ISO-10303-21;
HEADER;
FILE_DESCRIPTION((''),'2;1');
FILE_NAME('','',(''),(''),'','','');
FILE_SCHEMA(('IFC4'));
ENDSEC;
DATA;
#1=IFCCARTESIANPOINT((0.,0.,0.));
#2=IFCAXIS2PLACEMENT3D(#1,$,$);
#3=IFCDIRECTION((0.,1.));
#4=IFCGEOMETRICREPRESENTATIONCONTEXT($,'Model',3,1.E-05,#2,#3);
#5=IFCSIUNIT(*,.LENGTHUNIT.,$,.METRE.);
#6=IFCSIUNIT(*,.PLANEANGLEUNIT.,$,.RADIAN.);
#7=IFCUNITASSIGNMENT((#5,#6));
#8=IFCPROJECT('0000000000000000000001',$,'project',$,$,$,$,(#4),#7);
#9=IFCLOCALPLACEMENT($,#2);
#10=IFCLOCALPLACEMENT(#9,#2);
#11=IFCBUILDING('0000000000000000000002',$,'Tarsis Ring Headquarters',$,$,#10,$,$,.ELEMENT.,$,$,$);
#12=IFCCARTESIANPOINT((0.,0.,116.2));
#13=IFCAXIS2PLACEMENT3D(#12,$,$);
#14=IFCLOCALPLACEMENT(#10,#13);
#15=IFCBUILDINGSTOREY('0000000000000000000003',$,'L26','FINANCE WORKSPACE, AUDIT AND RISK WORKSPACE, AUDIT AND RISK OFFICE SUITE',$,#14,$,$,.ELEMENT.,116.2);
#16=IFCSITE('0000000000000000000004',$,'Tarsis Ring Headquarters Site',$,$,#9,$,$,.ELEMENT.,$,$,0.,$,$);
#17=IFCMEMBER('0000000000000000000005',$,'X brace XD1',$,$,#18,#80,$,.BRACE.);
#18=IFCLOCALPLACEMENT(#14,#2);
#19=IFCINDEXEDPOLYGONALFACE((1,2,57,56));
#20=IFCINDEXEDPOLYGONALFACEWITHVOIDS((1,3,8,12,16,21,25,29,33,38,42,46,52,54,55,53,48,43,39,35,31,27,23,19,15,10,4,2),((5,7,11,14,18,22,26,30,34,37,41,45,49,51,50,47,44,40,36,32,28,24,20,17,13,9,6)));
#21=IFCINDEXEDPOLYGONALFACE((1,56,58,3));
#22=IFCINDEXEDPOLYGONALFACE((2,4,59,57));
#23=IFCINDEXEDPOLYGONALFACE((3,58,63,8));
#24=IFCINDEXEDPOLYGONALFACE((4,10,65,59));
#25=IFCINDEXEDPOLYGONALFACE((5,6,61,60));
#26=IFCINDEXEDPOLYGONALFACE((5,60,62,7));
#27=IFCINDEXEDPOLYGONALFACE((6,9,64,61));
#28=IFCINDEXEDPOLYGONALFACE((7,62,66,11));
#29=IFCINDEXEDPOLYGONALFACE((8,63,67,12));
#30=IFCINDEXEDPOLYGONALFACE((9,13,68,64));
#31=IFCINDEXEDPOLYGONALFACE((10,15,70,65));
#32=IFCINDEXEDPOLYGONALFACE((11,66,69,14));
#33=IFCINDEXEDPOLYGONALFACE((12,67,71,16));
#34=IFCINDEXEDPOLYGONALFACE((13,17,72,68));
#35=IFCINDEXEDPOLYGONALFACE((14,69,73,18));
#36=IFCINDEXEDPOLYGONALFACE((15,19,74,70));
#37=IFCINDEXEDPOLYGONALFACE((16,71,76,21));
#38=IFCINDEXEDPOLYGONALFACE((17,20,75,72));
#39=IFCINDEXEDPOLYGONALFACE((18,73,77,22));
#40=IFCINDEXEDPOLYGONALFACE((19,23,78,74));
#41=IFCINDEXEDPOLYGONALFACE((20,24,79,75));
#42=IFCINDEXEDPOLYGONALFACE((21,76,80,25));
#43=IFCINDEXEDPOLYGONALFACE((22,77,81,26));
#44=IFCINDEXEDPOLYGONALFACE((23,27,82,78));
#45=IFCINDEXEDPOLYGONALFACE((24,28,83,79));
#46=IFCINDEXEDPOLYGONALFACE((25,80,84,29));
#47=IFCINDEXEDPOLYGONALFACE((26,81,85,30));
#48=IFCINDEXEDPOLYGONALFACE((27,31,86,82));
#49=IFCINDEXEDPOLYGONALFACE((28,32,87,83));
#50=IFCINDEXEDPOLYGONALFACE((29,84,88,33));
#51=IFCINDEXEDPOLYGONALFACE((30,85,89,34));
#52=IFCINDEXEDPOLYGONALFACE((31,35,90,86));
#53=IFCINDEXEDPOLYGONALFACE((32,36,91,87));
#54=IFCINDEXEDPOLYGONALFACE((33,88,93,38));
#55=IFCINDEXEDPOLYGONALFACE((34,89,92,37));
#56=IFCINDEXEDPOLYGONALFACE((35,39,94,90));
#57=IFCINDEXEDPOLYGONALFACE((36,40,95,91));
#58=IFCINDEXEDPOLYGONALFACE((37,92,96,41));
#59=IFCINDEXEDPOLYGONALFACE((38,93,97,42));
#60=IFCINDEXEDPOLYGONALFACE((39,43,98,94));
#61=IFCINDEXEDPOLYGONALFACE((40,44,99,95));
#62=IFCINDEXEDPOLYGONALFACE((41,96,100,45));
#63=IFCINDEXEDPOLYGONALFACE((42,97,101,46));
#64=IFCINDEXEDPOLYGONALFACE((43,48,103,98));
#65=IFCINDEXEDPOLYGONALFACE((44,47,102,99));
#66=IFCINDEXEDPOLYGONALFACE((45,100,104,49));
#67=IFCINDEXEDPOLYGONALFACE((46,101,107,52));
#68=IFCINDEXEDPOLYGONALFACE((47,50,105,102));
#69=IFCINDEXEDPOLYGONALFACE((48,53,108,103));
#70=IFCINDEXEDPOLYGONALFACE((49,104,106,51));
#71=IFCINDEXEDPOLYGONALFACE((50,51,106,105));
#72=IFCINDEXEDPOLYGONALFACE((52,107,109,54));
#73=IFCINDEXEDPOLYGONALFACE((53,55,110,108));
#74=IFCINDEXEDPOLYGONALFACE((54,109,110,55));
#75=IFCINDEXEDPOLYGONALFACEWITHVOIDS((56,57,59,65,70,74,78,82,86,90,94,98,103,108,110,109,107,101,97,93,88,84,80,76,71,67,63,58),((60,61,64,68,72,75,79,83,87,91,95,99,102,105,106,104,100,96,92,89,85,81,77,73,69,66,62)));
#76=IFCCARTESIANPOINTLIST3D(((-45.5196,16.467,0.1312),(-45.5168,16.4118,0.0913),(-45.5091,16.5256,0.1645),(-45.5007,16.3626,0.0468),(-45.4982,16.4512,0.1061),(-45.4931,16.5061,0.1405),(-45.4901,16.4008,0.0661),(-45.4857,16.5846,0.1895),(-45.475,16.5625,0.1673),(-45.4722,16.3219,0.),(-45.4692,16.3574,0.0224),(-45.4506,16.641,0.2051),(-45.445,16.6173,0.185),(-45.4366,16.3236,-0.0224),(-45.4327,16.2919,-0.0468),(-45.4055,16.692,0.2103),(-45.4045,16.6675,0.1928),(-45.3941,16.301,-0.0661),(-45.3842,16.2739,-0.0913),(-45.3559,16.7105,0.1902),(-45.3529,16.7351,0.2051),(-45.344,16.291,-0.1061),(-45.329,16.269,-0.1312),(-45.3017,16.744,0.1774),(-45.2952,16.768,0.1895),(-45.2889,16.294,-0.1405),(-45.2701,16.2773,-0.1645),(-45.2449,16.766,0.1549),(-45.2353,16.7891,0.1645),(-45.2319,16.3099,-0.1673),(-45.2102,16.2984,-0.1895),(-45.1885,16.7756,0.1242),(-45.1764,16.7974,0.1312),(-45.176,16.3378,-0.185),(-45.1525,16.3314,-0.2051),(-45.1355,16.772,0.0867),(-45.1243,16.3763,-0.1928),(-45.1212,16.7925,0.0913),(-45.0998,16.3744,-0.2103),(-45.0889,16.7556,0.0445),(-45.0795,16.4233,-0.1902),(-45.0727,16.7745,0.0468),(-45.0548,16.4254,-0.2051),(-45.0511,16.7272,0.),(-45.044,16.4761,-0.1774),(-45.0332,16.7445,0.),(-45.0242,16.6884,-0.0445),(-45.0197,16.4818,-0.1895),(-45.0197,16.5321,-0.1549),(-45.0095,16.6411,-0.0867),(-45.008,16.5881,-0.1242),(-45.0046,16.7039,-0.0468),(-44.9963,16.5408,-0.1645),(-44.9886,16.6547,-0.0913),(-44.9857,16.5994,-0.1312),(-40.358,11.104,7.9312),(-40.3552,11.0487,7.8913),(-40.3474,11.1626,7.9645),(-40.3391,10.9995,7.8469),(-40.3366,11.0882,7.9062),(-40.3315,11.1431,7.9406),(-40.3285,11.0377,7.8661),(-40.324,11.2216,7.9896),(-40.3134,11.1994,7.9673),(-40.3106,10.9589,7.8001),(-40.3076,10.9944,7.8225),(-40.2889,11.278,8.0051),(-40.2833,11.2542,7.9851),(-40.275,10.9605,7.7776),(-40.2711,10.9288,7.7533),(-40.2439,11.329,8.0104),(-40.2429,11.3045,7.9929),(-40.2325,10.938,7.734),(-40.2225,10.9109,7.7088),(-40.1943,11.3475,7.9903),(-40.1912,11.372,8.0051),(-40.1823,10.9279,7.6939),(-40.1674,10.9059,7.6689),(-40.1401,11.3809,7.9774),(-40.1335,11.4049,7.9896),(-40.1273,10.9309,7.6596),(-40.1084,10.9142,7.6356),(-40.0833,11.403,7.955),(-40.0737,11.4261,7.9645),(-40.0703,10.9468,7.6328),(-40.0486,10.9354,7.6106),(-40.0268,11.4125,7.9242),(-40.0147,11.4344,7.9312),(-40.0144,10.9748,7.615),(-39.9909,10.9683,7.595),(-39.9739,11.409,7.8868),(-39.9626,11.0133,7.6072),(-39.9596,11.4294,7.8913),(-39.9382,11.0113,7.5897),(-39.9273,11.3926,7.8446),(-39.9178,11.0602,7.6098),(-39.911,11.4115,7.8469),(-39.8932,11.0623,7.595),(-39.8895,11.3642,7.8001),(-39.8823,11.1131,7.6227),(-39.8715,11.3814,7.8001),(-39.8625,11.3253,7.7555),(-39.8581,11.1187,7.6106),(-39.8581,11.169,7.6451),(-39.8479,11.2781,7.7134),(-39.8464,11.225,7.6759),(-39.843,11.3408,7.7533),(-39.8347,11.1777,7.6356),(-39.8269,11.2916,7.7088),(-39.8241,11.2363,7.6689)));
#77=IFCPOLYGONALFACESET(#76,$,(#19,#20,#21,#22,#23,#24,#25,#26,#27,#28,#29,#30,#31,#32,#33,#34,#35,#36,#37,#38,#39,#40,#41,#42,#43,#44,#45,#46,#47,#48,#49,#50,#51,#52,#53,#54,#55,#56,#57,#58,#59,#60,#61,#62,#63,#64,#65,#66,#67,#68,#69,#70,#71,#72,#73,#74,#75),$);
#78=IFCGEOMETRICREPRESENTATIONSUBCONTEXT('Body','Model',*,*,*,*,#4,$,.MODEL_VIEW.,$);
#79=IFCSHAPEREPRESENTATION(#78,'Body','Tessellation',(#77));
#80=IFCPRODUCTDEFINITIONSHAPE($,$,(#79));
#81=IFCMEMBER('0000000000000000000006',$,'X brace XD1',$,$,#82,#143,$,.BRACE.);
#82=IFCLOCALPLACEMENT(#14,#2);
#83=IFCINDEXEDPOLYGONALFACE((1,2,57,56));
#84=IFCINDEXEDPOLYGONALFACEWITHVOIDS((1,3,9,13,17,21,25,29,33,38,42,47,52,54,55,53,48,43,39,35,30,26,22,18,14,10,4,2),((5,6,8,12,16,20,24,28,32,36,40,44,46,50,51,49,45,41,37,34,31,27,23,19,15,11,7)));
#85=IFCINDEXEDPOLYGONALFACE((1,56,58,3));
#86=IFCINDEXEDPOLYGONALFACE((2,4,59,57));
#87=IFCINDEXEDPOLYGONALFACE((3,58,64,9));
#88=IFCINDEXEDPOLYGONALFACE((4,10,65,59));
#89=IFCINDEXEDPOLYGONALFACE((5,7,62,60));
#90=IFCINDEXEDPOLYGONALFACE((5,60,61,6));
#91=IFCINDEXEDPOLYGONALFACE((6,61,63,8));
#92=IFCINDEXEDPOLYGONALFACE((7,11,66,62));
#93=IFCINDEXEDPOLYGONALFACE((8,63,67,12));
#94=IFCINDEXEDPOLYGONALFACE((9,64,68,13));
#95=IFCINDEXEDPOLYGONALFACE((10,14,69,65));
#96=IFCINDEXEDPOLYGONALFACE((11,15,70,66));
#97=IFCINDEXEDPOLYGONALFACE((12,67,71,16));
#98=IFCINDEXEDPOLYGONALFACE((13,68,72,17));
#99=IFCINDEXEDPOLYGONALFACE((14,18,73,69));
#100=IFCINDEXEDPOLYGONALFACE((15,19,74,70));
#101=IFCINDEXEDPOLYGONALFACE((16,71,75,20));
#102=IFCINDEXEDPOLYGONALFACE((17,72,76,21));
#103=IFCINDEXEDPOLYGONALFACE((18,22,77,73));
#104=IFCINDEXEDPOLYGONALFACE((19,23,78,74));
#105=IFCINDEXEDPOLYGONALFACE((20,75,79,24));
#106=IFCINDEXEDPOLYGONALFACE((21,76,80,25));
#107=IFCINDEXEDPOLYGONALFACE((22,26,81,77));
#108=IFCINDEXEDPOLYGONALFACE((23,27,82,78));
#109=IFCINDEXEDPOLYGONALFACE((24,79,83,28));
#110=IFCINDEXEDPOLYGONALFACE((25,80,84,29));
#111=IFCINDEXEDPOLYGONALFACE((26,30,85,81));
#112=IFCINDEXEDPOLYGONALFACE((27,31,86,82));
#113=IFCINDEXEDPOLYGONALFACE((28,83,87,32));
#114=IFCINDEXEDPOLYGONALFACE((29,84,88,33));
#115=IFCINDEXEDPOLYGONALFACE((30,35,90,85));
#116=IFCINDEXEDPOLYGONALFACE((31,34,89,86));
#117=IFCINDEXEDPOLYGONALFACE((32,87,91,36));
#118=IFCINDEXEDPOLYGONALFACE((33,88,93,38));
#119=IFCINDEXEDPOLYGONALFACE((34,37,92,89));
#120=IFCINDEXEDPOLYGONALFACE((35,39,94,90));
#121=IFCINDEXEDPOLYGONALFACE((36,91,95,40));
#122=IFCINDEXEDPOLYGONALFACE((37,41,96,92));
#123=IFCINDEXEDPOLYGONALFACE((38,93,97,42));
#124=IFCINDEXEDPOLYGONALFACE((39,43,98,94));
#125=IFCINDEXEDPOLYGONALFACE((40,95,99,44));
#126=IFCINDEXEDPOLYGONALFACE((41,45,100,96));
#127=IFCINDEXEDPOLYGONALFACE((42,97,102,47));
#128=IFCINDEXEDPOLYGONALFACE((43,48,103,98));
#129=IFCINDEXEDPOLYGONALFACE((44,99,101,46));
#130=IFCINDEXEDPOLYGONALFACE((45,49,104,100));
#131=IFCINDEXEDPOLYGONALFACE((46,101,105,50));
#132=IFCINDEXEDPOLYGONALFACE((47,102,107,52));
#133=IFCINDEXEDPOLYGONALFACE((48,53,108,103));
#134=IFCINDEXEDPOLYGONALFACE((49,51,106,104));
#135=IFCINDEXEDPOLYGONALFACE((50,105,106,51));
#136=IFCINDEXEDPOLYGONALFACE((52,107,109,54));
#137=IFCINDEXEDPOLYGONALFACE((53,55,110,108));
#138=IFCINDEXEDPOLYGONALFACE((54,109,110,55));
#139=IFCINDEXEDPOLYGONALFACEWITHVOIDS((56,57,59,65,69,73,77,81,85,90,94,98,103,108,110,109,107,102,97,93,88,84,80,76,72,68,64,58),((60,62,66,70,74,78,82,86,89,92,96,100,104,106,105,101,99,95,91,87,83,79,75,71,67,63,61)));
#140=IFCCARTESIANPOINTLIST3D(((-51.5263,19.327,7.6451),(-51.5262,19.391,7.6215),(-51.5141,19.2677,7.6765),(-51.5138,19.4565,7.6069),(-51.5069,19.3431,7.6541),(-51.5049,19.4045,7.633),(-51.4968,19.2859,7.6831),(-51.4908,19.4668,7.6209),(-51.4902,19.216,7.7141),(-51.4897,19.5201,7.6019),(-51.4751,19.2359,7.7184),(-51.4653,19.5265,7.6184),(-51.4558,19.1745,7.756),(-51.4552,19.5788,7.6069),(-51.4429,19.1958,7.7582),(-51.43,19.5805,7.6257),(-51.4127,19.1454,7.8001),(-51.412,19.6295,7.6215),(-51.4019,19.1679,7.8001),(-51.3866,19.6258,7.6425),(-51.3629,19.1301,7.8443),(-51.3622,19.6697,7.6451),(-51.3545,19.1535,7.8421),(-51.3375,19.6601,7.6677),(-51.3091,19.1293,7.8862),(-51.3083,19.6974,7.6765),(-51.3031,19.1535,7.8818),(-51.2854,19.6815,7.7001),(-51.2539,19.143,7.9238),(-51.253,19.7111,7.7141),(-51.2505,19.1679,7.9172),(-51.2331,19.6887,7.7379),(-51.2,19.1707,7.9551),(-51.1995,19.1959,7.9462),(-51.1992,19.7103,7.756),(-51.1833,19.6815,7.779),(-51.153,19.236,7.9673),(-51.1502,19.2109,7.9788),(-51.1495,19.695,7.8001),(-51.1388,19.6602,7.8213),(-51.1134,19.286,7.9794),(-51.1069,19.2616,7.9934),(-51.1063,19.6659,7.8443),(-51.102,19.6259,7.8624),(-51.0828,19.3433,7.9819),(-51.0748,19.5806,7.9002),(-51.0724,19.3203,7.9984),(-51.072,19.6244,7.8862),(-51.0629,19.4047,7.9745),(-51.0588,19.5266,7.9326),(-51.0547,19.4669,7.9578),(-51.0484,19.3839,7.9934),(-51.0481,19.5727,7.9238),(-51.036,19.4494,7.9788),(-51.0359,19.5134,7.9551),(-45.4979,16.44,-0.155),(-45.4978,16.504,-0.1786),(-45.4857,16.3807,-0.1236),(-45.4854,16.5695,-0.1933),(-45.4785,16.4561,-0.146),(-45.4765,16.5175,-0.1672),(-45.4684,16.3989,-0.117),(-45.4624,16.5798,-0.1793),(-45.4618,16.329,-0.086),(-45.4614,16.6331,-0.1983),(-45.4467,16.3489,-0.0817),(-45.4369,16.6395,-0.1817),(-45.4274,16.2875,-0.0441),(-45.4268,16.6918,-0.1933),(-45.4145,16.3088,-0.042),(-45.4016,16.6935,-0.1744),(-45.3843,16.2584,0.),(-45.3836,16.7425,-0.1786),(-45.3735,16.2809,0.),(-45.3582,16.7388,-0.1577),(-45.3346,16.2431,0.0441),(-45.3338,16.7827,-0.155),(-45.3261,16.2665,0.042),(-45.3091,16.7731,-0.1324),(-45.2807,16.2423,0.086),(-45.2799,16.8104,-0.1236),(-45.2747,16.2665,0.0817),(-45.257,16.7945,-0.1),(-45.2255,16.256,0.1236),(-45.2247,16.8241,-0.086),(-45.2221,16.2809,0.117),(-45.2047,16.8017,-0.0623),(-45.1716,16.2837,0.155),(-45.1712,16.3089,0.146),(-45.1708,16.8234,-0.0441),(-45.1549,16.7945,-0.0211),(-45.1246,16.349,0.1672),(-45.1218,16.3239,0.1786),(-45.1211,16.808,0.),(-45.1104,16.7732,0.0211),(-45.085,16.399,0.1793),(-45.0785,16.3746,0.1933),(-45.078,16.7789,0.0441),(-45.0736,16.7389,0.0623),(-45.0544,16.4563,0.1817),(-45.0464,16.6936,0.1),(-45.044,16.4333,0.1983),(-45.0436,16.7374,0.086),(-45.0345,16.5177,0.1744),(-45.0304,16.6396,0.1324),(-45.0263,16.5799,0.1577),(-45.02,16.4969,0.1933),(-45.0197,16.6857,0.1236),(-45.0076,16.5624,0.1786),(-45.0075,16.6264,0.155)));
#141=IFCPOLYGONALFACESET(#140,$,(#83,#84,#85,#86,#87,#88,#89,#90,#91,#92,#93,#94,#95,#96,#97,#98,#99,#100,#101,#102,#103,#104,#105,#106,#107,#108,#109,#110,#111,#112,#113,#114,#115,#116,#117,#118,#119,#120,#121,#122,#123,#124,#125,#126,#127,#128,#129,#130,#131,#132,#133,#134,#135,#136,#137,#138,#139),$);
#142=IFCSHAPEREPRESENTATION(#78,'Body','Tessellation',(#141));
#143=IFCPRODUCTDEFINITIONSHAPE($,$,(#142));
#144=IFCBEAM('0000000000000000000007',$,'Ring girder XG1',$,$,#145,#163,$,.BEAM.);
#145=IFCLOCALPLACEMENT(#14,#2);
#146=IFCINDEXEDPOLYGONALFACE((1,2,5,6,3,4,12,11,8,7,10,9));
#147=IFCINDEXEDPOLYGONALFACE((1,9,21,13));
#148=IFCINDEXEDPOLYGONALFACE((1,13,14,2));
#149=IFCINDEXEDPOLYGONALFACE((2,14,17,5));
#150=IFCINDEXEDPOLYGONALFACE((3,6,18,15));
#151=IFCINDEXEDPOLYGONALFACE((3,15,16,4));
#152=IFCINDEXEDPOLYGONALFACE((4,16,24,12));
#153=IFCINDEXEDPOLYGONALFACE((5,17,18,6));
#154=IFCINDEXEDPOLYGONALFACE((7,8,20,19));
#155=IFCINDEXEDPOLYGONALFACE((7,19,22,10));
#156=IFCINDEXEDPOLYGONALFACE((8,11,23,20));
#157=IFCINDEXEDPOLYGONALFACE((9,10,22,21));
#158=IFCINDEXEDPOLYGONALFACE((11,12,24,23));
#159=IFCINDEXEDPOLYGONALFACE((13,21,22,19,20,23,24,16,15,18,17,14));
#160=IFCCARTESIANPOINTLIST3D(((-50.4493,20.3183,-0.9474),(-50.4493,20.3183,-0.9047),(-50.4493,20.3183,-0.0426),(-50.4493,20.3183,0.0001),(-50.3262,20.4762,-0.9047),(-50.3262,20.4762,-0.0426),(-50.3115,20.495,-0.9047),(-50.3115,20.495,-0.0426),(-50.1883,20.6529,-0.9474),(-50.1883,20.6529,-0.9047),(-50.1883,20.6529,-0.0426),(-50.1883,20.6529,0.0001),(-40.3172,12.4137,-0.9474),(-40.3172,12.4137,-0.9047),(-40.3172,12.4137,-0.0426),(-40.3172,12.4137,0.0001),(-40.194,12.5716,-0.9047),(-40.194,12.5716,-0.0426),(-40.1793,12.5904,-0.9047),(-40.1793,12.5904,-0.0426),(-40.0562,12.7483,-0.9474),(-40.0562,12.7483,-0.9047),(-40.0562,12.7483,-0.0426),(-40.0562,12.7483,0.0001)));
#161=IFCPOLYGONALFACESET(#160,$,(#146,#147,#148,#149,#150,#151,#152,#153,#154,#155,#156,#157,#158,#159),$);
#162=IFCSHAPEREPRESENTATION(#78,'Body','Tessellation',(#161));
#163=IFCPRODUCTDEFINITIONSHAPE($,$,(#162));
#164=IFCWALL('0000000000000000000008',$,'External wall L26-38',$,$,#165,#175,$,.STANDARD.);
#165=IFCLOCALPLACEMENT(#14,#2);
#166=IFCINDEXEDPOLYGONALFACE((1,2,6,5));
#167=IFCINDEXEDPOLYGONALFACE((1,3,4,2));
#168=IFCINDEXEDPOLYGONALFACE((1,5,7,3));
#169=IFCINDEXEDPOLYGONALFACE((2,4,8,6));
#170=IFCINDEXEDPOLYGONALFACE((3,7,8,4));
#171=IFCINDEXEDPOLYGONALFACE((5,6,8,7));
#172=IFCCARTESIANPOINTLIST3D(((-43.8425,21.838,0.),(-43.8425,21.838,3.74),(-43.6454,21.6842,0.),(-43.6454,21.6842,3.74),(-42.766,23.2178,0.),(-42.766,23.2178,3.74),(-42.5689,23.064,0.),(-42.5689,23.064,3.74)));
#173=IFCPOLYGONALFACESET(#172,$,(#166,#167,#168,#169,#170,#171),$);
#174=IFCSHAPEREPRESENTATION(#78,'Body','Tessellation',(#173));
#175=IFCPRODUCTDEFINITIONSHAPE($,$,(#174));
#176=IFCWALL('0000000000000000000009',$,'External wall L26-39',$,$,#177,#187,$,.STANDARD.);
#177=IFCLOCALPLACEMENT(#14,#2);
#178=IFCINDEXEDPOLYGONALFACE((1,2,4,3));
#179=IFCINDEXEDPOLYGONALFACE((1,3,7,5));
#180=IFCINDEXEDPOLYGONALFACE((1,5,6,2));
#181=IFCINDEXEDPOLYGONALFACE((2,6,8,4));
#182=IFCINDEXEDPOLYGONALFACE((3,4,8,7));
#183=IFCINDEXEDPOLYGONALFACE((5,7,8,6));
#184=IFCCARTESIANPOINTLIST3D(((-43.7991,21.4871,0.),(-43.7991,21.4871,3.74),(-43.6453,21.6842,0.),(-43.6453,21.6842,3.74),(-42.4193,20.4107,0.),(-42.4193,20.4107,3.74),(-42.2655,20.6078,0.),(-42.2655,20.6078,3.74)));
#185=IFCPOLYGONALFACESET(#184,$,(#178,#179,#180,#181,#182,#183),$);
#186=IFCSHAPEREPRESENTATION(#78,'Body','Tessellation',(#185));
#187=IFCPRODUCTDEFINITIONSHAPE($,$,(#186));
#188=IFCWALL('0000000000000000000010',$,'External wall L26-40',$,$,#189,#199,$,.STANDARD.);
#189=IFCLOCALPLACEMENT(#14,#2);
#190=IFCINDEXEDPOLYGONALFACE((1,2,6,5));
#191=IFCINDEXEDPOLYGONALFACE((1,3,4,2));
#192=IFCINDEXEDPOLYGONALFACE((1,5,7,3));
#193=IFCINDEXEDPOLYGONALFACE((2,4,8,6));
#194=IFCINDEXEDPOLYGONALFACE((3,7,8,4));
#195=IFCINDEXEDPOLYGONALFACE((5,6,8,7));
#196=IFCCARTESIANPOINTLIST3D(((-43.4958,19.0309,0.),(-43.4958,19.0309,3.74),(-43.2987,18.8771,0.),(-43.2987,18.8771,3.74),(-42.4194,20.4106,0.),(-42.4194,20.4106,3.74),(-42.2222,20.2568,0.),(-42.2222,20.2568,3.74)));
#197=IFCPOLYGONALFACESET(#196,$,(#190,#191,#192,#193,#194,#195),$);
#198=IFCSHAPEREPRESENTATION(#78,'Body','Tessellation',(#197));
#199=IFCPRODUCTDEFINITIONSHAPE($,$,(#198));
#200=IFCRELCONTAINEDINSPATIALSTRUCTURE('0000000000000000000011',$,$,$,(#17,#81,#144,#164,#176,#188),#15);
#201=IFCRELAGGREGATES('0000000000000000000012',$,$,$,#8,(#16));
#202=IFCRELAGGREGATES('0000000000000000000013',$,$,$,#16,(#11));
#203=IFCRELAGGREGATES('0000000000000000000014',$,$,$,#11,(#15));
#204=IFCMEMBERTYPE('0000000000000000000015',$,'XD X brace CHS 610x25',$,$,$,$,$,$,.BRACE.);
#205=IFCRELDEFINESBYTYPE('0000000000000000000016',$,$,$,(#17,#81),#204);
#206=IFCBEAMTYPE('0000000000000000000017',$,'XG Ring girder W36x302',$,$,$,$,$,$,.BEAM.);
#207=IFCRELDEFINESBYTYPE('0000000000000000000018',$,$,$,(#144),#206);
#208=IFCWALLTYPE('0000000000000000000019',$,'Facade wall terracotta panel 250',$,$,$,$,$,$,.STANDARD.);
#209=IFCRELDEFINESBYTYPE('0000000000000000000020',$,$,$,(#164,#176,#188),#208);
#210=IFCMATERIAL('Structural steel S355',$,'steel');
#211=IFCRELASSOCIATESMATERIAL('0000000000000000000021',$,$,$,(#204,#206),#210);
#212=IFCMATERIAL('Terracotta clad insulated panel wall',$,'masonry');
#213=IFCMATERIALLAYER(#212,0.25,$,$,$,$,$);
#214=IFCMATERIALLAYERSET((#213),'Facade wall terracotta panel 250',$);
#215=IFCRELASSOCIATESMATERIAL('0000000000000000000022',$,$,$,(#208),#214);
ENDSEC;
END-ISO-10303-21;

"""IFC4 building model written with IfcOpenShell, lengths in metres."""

from ifc_helpers import new_model, si_unit, direction, frame, frame_2d, origin, origin_2d, place, context, subcontext, project, spatial, rectangle, hollow_circle, i_section, extrude, material, layer, layer_set, material_profile, profile_set, type_object, element, save


model = new_model("IFC4")

# Units and contexts
model_context = context("Model", 3, precision=1e-05, world=origin(), true_north=direction((0.0, 1.0)))
body_context = subcontext(model_context, "Body", "Model", "MODEL_VIEW")
ifc_project = project(units=[si_unit("LENGTHUNIT", "METRE"), si_unit("PLANEANGLEUNIT", "RADIAN")], contexts=[model_context])

# Site, building, storey
site_placement = place(None, origin())
site = spatial("IfcSite", under=ifc_project, at=site_placement, Name="Tarsis Ring Headquarters Site", CompositionType="ELEMENT", RefElevation=0.0)
building_placement = place(site_placement, origin())
building = spatial("IfcBuilding", under=site, at=building_placement, Name="Tarsis Ring Headquarters", CompositionType="ELEMENT")
storey_placement = place(building_placement, frame((0.0, 0.0, 116.2)))
storey = spatial("IfcBuildingStorey", under=building, at=storey_placement, Name="L26", Description="FINANCE WORKSPACE, AUDIT AND RISK WORKSPACE, AUDIT AND RISK OFFICE SUITE", CompositionType="ELEMENT", Elevation=116.2)

# Shared definitions
ifc_material_1 = material(Name="Structural steel S355", Category="steel")

# Members
ifc_material_profile_1 = material_profile(ifc_material_1, hollow_circle(Radius=0.3047, WallThickness=0.0249, at=origin_2d()), Name="CHS 610x25")
ifc_profile_set_1 = profile_set([ifc_material_profile_1], Name="Structural steel S355")
member_type = type_object("IfcMemberType", Name="XD X brace CHS 610x25", PredefinedType="BRACE", material=ifc_profile_set_1)
member_1_placement = place(storey_placement, frame((-45.2527, 16.5332, 0.0), z_axis=(0.478739, -0.49742, 0.723452), x_axis=(0.720507, 0.693448, 0.0)))
element("IfcMember", 1, at=member_1_placement, inside=storey, type_object=member_type, Name="X brace XD1", PredefinedType="BRACE", context=body_context, shape_type="SweptSolid", body=[
    extrude(hollow_circle(Radius=0.3047, WallThickness=0.0249, at=origin_2d()), origin(), (0.0, 0.0, 1.0), 10.7817),
])
member_2_placement = place(storey_placement, frame((-45.2527, 16.5332, 0.0), z_axis=(-0.586864, 0.281049, 0.759343), x_axis=(-0.431925, -0.90191, 0.0)))
element("IfcMember", 2, at=member_2_placement, inside=storey, type_object=member_type, Name="X brace XD1", PredefinedType="BRACE", context=body_context, shape_type="SweptSolid", body=[
    extrude(hollow_circle(Radius=0.3047, WallThickness=0.0249, at=origin_2d()), origin(), (0.0, 0.0, 1.0), 10.2722),
])

# Beam
ifc_material_profile_2 = material_profile(ifc_material_1, i_section(OverallWidth=0.4243, OverallDepth=0.9475, WebThickness=0.0239, FlangeThickness=0.0427, at=origin_2d()), Name="W36x302")
ifc_profile_set_2 = profile_set([ifc_material_profile_2], Name="Structural steel S355")
beam_type = type_object("IfcBeamType", Name="XG Ring girder W36x302", PredefinedType="BEAM", material=ifc_profile_set_2)
beam_placement = place(storey_placement, frame((-50.3188, 20.4856, -0.4736), z_axis=(0.788445, -0.615105, 0.0), x_axis=(0.615105, 0.788445, 0.0)))
element("IfcBeam", 3, at=beam_placement, inside=storey, type_object=beam_type, Name="Ring girder XG1", PredefinedType="BEAM", context=body_context, shape_type="SweptSolid", body=[
    extrude(i_section(OverallWidth=0.4243, OverallDepth=0.9475, WebThickness=0.0239, FlangeThickness=0.0427, at=origin_2d()), origin(), (0.0, 0.0, 1.0), 12.8508),
])

# Shared definitions
ifc_material_2 = material(Name="Terracotta clad insulated panel wall", Category="masonry")
ifc_layer = layer(ifc_material_2, 0.25)
ifc_layer_set = layer_set([ifc_layer], Name="Facade wall terracotta panel 250")
wall_type = type_object("IfcWallType", Name="Facade wall terracotta panel 250", PredefinedType="STANDARD", material=ifc_layer_set)

# Walls
for number, where, z_axis, x_axis, name in (
    (4, (-42.6675, 23.1409, 0.0), (0.0, 0.0, 1.0), (-0.615138, -0.78842, 0.0), "External wall L26-38"),
    (5, (-43.7222, 21.5857, 0.0), (0.0, 0.0, 1.0), (0.78842, -0.615138, 0.0), "External wall L26-39"),
    (6, (-42.3208, 20.3337, 0.0), (0.0, 0.0, 1.0), (-0.615138, -0.78842, 0.0), "External wall L26-40"),
):
    element("IfcWall", number, at=place(storey_placement, frame(where, z_axis=z_axis, x_axis=x_axis)), inside=storey, type_object=wall_type, Name=name, PredefinedType="STANDARD", context=body_context, shape_type="SweptSolid", body=[
        extrude(rectangle(XDim=1.75, YDim=0.25, at=frame_2d((0.875, 0.0))), origin(), (0.0, 0.0, 1.0), 3.74),
    ])

save(model, "model.ifc")
